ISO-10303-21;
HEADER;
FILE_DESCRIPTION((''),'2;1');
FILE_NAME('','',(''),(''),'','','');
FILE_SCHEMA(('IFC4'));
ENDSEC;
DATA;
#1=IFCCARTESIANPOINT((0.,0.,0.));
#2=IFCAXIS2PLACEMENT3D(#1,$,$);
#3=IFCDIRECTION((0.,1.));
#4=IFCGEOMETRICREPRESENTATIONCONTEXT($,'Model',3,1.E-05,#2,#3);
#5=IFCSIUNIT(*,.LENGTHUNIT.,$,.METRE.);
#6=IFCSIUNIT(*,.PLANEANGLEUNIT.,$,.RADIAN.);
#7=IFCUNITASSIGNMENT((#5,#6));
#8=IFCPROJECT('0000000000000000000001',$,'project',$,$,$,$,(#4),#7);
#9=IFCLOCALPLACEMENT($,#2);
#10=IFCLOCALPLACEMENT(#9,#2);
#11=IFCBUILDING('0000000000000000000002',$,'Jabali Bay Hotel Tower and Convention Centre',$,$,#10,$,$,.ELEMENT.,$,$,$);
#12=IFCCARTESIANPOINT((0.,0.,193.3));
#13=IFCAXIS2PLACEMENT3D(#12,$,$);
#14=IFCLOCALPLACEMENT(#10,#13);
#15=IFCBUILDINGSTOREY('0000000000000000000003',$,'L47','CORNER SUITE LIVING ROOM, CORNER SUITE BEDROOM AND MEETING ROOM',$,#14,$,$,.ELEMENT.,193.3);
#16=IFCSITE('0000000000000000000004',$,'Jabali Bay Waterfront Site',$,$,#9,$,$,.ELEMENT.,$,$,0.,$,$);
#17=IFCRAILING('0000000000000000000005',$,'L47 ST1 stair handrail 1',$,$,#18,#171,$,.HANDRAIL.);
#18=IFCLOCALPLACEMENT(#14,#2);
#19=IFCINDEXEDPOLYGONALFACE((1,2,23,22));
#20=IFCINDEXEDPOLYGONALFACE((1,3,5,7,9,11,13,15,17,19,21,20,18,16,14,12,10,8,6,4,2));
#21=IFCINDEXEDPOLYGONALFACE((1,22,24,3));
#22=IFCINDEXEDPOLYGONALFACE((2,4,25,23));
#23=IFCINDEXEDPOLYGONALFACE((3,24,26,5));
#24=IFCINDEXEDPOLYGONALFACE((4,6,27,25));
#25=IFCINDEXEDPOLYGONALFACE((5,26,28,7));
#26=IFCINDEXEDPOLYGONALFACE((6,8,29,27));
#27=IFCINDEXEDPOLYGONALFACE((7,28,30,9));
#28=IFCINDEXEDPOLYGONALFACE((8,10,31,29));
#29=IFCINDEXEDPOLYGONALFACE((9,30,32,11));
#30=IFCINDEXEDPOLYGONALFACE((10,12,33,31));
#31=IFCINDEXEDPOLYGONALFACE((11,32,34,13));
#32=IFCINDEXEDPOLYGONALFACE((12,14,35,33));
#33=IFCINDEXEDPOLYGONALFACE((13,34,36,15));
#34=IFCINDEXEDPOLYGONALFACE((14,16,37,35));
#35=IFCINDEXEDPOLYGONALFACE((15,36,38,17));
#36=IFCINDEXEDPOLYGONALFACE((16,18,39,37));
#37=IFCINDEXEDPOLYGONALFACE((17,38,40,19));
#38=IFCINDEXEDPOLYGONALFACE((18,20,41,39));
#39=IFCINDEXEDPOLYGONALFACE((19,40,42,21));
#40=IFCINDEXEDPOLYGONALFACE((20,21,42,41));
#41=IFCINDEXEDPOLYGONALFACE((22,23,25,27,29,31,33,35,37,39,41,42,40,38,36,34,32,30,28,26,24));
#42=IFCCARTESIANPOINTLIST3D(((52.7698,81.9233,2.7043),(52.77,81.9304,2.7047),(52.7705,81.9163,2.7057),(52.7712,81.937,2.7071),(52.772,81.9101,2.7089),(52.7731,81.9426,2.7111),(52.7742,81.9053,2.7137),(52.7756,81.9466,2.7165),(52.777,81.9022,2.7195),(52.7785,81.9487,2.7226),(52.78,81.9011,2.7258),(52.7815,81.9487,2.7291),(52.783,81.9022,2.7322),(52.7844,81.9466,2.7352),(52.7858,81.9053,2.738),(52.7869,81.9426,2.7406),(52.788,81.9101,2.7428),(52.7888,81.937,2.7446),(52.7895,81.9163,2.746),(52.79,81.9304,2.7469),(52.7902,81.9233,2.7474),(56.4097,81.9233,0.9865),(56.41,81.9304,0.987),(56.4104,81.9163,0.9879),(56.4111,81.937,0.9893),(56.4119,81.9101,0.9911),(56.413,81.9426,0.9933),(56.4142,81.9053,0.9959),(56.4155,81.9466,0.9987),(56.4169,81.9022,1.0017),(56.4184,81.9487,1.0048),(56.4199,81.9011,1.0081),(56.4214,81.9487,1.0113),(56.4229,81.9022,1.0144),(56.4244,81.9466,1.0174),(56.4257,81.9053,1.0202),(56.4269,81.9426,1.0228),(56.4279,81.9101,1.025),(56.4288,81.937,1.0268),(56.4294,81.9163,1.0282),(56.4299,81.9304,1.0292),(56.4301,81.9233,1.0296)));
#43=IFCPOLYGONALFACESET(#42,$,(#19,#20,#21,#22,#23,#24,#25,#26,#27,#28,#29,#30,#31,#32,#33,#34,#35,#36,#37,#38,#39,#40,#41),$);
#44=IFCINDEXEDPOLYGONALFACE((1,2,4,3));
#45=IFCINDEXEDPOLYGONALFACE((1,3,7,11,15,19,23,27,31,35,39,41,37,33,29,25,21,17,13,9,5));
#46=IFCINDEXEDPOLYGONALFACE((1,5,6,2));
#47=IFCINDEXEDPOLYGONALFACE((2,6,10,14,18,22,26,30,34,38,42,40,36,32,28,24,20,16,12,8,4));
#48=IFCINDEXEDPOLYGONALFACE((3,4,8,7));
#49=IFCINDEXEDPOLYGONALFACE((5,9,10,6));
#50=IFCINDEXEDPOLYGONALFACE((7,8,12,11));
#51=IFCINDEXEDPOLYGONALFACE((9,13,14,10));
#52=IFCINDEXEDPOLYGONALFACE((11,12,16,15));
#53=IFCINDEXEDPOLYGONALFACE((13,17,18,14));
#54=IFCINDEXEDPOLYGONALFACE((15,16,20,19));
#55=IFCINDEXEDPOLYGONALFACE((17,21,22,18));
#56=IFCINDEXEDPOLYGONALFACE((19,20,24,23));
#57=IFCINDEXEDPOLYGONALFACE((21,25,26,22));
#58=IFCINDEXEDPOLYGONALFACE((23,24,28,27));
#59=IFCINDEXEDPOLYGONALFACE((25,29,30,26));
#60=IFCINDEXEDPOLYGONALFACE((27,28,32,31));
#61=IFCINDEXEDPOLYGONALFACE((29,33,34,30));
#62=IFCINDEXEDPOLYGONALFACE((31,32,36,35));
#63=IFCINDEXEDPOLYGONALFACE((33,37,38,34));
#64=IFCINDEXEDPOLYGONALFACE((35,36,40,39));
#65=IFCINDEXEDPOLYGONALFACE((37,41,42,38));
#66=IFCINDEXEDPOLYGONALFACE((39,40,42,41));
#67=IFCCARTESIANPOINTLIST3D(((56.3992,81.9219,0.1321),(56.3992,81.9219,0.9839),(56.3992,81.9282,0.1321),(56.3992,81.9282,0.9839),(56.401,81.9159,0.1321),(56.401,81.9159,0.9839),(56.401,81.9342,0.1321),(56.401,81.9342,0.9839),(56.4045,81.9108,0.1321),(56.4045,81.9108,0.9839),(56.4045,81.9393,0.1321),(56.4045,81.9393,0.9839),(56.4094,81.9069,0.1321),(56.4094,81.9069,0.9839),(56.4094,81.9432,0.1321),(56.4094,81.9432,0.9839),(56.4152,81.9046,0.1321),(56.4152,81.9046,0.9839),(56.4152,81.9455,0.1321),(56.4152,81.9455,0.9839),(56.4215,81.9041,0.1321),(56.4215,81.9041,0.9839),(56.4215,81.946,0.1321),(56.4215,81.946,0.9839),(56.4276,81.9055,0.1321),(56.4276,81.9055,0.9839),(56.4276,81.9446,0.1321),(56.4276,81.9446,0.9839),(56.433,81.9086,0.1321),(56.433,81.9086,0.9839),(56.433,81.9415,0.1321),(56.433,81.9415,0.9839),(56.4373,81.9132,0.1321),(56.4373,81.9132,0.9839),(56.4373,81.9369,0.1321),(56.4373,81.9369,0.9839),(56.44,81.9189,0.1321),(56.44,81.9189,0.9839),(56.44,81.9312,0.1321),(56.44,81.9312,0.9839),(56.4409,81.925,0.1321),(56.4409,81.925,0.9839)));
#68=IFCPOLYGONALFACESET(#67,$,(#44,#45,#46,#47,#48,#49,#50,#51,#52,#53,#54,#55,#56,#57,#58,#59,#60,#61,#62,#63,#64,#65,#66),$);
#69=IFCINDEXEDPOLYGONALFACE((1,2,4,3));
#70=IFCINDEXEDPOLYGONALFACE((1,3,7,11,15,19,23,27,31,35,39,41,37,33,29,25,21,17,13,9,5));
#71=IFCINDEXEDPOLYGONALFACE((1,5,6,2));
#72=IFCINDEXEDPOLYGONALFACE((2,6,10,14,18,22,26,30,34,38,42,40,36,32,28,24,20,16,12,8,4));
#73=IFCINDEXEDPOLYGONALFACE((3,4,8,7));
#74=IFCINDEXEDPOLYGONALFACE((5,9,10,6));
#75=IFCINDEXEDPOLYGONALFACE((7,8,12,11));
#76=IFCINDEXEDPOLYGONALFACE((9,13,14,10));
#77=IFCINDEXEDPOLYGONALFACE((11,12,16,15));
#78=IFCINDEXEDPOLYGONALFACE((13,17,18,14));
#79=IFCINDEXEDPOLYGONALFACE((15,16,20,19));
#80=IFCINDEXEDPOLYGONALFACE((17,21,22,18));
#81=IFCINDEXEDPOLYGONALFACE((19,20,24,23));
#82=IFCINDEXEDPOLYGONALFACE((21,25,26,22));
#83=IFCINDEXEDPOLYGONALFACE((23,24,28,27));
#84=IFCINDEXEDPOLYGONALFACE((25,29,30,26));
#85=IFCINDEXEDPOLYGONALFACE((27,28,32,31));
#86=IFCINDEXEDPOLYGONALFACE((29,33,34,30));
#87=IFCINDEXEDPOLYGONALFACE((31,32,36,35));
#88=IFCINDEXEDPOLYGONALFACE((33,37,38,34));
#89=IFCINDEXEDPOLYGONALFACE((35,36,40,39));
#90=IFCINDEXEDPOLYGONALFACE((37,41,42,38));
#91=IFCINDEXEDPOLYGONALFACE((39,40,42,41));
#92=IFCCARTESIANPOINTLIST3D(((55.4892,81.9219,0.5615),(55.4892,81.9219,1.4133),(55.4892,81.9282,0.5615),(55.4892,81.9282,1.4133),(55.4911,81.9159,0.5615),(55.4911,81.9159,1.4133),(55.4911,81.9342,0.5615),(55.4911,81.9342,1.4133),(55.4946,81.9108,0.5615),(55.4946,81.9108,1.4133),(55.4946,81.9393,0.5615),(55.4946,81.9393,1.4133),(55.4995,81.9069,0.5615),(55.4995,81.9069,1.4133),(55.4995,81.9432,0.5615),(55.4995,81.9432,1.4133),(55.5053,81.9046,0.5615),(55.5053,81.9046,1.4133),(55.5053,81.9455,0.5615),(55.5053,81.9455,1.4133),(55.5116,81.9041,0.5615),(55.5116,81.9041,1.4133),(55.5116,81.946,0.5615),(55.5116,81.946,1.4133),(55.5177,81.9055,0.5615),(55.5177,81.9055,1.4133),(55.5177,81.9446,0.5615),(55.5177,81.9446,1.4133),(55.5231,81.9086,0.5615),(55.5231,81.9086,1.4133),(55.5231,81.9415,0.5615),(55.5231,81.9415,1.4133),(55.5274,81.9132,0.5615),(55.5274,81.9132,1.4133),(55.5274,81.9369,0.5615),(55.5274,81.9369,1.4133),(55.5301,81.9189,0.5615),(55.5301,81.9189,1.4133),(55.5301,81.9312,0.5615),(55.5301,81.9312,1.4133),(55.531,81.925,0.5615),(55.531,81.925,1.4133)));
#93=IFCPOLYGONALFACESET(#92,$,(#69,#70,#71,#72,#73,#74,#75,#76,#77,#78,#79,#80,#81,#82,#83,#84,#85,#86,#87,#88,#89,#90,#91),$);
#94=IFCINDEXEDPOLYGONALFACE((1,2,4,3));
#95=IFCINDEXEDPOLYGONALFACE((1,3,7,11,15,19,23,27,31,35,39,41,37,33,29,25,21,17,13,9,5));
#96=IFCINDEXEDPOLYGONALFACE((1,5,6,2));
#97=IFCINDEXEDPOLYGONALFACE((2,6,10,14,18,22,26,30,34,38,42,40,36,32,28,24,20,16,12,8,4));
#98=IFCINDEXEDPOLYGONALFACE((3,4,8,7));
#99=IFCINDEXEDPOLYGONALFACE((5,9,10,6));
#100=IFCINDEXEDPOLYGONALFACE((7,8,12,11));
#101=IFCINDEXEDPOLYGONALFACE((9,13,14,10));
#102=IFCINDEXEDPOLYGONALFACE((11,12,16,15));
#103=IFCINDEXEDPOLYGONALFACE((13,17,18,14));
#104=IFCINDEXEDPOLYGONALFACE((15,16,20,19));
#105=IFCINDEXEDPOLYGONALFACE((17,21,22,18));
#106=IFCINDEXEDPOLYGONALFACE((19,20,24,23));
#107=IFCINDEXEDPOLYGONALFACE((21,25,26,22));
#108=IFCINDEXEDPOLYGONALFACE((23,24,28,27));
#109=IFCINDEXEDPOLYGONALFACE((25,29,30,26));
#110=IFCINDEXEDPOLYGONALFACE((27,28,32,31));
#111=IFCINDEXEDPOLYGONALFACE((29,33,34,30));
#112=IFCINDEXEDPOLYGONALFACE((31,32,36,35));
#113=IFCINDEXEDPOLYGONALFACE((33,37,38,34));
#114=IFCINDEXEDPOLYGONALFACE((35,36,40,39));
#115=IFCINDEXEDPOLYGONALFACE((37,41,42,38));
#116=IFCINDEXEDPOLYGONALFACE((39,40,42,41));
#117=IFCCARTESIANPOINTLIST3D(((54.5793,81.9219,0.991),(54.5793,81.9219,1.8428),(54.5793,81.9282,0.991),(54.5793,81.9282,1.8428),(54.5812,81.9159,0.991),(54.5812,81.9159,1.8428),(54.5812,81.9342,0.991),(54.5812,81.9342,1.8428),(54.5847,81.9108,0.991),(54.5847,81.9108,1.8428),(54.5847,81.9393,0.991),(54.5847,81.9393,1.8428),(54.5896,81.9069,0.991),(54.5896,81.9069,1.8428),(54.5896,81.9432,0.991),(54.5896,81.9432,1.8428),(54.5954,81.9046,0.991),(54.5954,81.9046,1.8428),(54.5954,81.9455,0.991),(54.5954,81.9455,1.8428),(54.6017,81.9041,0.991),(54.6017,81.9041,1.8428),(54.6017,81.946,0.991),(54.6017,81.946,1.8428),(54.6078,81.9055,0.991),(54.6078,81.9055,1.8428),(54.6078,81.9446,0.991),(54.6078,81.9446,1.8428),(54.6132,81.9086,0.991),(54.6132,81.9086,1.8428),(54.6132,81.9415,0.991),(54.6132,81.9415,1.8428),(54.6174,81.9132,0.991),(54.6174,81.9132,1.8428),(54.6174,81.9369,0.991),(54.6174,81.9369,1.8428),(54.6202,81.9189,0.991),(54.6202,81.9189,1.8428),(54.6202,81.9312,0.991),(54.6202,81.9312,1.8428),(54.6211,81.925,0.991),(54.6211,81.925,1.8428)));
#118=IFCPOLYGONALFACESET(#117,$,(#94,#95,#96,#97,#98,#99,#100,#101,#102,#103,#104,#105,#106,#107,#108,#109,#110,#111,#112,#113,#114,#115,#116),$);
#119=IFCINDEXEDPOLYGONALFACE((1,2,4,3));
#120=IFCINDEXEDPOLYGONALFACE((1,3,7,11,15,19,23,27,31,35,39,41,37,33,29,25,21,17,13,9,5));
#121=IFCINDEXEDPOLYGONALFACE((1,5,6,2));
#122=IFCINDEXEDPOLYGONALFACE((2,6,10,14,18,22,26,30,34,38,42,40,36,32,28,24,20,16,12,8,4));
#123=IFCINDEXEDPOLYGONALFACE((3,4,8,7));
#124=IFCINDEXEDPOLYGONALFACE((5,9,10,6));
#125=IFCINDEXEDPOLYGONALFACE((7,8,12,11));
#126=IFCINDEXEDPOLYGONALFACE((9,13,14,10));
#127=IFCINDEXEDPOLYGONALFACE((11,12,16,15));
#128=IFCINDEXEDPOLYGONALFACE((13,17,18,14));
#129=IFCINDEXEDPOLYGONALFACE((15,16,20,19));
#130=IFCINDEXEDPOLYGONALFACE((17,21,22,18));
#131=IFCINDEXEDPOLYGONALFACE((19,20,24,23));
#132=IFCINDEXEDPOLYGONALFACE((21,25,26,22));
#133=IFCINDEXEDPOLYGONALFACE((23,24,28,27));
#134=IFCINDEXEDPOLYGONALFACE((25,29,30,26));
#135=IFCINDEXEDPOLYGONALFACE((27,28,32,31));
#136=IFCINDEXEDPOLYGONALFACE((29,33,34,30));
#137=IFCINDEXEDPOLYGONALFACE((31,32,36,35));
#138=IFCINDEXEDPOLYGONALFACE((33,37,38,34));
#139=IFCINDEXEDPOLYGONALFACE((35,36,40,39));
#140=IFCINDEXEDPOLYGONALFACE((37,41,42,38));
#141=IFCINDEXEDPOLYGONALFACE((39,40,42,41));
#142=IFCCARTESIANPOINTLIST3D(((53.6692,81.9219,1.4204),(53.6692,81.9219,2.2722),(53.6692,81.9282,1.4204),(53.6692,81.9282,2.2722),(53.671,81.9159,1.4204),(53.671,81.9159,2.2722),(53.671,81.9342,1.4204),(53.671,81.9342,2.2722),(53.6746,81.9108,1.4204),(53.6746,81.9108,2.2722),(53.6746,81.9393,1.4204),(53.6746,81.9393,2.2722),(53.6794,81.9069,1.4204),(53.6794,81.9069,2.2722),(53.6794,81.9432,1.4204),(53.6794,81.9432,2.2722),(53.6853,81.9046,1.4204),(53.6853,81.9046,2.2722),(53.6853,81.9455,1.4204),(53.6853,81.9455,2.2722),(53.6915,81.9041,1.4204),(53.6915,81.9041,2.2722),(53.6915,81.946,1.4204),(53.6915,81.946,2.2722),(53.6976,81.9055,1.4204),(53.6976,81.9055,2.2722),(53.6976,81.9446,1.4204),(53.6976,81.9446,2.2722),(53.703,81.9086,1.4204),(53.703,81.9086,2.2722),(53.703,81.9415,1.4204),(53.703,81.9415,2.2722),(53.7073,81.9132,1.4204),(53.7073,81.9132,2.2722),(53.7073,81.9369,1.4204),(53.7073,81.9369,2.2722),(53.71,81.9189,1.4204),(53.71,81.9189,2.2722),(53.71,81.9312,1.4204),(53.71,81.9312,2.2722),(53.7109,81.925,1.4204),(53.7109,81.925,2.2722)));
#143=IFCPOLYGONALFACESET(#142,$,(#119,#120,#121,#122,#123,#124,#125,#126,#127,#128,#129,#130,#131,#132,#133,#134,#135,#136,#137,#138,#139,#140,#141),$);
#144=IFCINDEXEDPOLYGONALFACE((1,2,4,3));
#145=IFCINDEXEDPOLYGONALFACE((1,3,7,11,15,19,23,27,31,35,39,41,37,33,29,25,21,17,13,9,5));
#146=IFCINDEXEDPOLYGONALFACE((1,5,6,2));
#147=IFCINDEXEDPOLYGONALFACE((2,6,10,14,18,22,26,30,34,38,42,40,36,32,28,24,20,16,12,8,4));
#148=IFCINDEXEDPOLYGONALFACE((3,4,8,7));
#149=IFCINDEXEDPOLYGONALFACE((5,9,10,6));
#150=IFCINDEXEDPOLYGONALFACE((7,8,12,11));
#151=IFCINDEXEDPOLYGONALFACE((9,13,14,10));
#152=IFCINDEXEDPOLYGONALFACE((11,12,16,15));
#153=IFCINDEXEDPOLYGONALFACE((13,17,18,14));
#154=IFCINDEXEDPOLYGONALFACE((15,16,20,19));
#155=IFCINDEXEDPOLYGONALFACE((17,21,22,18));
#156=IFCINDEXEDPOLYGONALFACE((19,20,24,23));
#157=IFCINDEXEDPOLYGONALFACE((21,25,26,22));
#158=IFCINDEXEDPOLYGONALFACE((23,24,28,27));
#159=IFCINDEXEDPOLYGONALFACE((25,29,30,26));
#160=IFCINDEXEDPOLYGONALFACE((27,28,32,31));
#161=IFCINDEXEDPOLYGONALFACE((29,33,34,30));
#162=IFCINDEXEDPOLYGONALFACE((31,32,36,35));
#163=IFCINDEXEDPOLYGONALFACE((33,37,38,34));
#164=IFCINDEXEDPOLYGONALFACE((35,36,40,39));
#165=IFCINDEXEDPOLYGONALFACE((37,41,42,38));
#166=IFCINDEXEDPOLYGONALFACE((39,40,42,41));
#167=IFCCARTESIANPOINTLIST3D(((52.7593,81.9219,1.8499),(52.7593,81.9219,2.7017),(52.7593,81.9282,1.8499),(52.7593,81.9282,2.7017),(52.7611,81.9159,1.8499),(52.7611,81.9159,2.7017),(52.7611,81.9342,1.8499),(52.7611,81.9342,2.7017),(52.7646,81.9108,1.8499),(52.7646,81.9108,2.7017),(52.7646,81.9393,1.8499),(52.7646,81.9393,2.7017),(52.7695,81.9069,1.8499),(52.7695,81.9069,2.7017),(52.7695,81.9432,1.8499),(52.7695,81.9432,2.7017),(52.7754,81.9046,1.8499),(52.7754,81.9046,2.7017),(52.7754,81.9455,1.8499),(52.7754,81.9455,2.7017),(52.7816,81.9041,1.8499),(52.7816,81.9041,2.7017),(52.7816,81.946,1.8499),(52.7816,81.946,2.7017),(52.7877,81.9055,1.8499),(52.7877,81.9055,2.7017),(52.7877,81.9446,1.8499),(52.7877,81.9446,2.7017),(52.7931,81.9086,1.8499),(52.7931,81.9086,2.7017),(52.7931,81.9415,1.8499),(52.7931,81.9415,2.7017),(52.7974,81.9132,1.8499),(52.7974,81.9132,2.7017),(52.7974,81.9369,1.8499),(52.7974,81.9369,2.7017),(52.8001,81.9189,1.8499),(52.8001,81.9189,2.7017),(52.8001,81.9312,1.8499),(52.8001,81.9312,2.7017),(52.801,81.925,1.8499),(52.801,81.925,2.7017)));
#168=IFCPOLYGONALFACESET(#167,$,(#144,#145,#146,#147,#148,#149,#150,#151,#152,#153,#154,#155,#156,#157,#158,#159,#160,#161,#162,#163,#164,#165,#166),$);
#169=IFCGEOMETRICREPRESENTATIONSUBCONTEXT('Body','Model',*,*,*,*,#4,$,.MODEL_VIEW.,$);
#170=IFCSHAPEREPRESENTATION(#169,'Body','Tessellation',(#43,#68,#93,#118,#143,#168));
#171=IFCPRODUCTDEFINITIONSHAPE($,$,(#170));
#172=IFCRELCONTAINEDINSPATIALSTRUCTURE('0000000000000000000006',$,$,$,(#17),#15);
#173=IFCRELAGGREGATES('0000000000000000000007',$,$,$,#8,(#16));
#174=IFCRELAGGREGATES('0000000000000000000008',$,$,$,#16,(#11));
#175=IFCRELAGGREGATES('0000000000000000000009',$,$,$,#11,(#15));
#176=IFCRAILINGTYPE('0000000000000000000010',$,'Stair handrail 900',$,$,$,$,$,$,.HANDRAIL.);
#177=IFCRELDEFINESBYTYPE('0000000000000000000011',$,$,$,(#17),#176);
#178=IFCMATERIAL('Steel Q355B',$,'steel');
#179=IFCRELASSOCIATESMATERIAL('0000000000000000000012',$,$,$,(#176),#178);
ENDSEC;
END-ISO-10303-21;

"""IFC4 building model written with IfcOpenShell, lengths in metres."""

from ifc_helpers import new_model, si_unit, direction, frame, origin, origin_2d, place, context, subcontext, project, spatial, circle, extrude, material, type_object, element, save


model = new_model("IFC4")

# Units and contexts
model_context = context("Model", 3, precision=1e-05, world=origin(), true_north=direction((0.0, 1.0)))
body_context = subcontext(model_context, "Body", "Model", "MODEL_VIEW")
ifc_project = project(units=[si_unit("LENGTHUNIT", "METRE"), si_unit("PLANEANGLEUNIT", "RADIAN")], contexts=[model_context])

# Site, building, storey
site_placement = place(None, origin())
site = spatial("IfcSite", under=ifc_project, at=site_placement, Name="Jabali Bay Waterfront Site", CompositionType="ELEMENT", RefElevation=0.0)
building_placement = place(site_placement, origin())
building = spatial("IfcBuilding", under=site, at=building_placement, Name="Jabali Bay Hotel Tower and Convention Centre", CompositionType="ELEMENT")
storey_placement = place(building_placement, frame((0.0, 0.0, 193.3)))
storey = spatial("IfcBuildingStorey", under=building, at=storey_placement, Name="L47", Description="CORNER SUITE LIVING ROOM, CORNER SUITE BEDROOM AND MEETING ROOM", CompositionType="ELEMENT", Elevation=193.3)

# Railing
ifc_material_1 = material(Name="Steel Q355B", Category="steel")
railing_type_1 = type_object("IfcRailingType", Name="Stair handrail 900", PredefinedType="HANDRAIL", material=ifc_material_1)
railing_1_placement = place(storey_placement, frame((56.4199, 81.925, 0.1321)))
element("IfcRailing", 1, at=railing_1_placement, inside=storey, type_object=railing_type_1, Name="L47 ST1 stair handrail 1", PredefinedType="HANDRAIL", context=body_context, shape_type="SweptSolid", body=[
    extrude(circle(Radius=0.0239, at=origin_2d()), frame((0.0, 0.0, 0.876), z_axis=(-0.904351, 0.0, 0.42679), x_axis=(0.0, -1.0, 0.0)), (0.0, 0.0, 1.0), 4.0249),
    extrude(circle(Radius=0.021, at=origin_2d()), origin(), (0.0, 0.0, 1.0), 0.8518),
    extrude(circle(Radius=0.021, at=origin_2d()), frame((-0.9099, 0.0, 0.4294)), (0.0, 0.0, 1.0), 0.8518),
    extrude(circle(Radius=0.021, at=origin_2d()), frame((-1.8198, 0.0, 0.8589)), (0.0, 0.0, 1.0), 0.8518),
    extrude(circle(Radius=0.021, at=origin_2d()), frame((-2.73, 0.0, 1.2883)), (0.0, 0.0, 1.0), 0.8518),
    extrude(circle(Radius=0.021, at=origin_2d()), frame((-3.6399, 0.0, 1.7178)), (0.0, 0.0, 1.0), 0.8518),
])

save(model, "model.ifc")
